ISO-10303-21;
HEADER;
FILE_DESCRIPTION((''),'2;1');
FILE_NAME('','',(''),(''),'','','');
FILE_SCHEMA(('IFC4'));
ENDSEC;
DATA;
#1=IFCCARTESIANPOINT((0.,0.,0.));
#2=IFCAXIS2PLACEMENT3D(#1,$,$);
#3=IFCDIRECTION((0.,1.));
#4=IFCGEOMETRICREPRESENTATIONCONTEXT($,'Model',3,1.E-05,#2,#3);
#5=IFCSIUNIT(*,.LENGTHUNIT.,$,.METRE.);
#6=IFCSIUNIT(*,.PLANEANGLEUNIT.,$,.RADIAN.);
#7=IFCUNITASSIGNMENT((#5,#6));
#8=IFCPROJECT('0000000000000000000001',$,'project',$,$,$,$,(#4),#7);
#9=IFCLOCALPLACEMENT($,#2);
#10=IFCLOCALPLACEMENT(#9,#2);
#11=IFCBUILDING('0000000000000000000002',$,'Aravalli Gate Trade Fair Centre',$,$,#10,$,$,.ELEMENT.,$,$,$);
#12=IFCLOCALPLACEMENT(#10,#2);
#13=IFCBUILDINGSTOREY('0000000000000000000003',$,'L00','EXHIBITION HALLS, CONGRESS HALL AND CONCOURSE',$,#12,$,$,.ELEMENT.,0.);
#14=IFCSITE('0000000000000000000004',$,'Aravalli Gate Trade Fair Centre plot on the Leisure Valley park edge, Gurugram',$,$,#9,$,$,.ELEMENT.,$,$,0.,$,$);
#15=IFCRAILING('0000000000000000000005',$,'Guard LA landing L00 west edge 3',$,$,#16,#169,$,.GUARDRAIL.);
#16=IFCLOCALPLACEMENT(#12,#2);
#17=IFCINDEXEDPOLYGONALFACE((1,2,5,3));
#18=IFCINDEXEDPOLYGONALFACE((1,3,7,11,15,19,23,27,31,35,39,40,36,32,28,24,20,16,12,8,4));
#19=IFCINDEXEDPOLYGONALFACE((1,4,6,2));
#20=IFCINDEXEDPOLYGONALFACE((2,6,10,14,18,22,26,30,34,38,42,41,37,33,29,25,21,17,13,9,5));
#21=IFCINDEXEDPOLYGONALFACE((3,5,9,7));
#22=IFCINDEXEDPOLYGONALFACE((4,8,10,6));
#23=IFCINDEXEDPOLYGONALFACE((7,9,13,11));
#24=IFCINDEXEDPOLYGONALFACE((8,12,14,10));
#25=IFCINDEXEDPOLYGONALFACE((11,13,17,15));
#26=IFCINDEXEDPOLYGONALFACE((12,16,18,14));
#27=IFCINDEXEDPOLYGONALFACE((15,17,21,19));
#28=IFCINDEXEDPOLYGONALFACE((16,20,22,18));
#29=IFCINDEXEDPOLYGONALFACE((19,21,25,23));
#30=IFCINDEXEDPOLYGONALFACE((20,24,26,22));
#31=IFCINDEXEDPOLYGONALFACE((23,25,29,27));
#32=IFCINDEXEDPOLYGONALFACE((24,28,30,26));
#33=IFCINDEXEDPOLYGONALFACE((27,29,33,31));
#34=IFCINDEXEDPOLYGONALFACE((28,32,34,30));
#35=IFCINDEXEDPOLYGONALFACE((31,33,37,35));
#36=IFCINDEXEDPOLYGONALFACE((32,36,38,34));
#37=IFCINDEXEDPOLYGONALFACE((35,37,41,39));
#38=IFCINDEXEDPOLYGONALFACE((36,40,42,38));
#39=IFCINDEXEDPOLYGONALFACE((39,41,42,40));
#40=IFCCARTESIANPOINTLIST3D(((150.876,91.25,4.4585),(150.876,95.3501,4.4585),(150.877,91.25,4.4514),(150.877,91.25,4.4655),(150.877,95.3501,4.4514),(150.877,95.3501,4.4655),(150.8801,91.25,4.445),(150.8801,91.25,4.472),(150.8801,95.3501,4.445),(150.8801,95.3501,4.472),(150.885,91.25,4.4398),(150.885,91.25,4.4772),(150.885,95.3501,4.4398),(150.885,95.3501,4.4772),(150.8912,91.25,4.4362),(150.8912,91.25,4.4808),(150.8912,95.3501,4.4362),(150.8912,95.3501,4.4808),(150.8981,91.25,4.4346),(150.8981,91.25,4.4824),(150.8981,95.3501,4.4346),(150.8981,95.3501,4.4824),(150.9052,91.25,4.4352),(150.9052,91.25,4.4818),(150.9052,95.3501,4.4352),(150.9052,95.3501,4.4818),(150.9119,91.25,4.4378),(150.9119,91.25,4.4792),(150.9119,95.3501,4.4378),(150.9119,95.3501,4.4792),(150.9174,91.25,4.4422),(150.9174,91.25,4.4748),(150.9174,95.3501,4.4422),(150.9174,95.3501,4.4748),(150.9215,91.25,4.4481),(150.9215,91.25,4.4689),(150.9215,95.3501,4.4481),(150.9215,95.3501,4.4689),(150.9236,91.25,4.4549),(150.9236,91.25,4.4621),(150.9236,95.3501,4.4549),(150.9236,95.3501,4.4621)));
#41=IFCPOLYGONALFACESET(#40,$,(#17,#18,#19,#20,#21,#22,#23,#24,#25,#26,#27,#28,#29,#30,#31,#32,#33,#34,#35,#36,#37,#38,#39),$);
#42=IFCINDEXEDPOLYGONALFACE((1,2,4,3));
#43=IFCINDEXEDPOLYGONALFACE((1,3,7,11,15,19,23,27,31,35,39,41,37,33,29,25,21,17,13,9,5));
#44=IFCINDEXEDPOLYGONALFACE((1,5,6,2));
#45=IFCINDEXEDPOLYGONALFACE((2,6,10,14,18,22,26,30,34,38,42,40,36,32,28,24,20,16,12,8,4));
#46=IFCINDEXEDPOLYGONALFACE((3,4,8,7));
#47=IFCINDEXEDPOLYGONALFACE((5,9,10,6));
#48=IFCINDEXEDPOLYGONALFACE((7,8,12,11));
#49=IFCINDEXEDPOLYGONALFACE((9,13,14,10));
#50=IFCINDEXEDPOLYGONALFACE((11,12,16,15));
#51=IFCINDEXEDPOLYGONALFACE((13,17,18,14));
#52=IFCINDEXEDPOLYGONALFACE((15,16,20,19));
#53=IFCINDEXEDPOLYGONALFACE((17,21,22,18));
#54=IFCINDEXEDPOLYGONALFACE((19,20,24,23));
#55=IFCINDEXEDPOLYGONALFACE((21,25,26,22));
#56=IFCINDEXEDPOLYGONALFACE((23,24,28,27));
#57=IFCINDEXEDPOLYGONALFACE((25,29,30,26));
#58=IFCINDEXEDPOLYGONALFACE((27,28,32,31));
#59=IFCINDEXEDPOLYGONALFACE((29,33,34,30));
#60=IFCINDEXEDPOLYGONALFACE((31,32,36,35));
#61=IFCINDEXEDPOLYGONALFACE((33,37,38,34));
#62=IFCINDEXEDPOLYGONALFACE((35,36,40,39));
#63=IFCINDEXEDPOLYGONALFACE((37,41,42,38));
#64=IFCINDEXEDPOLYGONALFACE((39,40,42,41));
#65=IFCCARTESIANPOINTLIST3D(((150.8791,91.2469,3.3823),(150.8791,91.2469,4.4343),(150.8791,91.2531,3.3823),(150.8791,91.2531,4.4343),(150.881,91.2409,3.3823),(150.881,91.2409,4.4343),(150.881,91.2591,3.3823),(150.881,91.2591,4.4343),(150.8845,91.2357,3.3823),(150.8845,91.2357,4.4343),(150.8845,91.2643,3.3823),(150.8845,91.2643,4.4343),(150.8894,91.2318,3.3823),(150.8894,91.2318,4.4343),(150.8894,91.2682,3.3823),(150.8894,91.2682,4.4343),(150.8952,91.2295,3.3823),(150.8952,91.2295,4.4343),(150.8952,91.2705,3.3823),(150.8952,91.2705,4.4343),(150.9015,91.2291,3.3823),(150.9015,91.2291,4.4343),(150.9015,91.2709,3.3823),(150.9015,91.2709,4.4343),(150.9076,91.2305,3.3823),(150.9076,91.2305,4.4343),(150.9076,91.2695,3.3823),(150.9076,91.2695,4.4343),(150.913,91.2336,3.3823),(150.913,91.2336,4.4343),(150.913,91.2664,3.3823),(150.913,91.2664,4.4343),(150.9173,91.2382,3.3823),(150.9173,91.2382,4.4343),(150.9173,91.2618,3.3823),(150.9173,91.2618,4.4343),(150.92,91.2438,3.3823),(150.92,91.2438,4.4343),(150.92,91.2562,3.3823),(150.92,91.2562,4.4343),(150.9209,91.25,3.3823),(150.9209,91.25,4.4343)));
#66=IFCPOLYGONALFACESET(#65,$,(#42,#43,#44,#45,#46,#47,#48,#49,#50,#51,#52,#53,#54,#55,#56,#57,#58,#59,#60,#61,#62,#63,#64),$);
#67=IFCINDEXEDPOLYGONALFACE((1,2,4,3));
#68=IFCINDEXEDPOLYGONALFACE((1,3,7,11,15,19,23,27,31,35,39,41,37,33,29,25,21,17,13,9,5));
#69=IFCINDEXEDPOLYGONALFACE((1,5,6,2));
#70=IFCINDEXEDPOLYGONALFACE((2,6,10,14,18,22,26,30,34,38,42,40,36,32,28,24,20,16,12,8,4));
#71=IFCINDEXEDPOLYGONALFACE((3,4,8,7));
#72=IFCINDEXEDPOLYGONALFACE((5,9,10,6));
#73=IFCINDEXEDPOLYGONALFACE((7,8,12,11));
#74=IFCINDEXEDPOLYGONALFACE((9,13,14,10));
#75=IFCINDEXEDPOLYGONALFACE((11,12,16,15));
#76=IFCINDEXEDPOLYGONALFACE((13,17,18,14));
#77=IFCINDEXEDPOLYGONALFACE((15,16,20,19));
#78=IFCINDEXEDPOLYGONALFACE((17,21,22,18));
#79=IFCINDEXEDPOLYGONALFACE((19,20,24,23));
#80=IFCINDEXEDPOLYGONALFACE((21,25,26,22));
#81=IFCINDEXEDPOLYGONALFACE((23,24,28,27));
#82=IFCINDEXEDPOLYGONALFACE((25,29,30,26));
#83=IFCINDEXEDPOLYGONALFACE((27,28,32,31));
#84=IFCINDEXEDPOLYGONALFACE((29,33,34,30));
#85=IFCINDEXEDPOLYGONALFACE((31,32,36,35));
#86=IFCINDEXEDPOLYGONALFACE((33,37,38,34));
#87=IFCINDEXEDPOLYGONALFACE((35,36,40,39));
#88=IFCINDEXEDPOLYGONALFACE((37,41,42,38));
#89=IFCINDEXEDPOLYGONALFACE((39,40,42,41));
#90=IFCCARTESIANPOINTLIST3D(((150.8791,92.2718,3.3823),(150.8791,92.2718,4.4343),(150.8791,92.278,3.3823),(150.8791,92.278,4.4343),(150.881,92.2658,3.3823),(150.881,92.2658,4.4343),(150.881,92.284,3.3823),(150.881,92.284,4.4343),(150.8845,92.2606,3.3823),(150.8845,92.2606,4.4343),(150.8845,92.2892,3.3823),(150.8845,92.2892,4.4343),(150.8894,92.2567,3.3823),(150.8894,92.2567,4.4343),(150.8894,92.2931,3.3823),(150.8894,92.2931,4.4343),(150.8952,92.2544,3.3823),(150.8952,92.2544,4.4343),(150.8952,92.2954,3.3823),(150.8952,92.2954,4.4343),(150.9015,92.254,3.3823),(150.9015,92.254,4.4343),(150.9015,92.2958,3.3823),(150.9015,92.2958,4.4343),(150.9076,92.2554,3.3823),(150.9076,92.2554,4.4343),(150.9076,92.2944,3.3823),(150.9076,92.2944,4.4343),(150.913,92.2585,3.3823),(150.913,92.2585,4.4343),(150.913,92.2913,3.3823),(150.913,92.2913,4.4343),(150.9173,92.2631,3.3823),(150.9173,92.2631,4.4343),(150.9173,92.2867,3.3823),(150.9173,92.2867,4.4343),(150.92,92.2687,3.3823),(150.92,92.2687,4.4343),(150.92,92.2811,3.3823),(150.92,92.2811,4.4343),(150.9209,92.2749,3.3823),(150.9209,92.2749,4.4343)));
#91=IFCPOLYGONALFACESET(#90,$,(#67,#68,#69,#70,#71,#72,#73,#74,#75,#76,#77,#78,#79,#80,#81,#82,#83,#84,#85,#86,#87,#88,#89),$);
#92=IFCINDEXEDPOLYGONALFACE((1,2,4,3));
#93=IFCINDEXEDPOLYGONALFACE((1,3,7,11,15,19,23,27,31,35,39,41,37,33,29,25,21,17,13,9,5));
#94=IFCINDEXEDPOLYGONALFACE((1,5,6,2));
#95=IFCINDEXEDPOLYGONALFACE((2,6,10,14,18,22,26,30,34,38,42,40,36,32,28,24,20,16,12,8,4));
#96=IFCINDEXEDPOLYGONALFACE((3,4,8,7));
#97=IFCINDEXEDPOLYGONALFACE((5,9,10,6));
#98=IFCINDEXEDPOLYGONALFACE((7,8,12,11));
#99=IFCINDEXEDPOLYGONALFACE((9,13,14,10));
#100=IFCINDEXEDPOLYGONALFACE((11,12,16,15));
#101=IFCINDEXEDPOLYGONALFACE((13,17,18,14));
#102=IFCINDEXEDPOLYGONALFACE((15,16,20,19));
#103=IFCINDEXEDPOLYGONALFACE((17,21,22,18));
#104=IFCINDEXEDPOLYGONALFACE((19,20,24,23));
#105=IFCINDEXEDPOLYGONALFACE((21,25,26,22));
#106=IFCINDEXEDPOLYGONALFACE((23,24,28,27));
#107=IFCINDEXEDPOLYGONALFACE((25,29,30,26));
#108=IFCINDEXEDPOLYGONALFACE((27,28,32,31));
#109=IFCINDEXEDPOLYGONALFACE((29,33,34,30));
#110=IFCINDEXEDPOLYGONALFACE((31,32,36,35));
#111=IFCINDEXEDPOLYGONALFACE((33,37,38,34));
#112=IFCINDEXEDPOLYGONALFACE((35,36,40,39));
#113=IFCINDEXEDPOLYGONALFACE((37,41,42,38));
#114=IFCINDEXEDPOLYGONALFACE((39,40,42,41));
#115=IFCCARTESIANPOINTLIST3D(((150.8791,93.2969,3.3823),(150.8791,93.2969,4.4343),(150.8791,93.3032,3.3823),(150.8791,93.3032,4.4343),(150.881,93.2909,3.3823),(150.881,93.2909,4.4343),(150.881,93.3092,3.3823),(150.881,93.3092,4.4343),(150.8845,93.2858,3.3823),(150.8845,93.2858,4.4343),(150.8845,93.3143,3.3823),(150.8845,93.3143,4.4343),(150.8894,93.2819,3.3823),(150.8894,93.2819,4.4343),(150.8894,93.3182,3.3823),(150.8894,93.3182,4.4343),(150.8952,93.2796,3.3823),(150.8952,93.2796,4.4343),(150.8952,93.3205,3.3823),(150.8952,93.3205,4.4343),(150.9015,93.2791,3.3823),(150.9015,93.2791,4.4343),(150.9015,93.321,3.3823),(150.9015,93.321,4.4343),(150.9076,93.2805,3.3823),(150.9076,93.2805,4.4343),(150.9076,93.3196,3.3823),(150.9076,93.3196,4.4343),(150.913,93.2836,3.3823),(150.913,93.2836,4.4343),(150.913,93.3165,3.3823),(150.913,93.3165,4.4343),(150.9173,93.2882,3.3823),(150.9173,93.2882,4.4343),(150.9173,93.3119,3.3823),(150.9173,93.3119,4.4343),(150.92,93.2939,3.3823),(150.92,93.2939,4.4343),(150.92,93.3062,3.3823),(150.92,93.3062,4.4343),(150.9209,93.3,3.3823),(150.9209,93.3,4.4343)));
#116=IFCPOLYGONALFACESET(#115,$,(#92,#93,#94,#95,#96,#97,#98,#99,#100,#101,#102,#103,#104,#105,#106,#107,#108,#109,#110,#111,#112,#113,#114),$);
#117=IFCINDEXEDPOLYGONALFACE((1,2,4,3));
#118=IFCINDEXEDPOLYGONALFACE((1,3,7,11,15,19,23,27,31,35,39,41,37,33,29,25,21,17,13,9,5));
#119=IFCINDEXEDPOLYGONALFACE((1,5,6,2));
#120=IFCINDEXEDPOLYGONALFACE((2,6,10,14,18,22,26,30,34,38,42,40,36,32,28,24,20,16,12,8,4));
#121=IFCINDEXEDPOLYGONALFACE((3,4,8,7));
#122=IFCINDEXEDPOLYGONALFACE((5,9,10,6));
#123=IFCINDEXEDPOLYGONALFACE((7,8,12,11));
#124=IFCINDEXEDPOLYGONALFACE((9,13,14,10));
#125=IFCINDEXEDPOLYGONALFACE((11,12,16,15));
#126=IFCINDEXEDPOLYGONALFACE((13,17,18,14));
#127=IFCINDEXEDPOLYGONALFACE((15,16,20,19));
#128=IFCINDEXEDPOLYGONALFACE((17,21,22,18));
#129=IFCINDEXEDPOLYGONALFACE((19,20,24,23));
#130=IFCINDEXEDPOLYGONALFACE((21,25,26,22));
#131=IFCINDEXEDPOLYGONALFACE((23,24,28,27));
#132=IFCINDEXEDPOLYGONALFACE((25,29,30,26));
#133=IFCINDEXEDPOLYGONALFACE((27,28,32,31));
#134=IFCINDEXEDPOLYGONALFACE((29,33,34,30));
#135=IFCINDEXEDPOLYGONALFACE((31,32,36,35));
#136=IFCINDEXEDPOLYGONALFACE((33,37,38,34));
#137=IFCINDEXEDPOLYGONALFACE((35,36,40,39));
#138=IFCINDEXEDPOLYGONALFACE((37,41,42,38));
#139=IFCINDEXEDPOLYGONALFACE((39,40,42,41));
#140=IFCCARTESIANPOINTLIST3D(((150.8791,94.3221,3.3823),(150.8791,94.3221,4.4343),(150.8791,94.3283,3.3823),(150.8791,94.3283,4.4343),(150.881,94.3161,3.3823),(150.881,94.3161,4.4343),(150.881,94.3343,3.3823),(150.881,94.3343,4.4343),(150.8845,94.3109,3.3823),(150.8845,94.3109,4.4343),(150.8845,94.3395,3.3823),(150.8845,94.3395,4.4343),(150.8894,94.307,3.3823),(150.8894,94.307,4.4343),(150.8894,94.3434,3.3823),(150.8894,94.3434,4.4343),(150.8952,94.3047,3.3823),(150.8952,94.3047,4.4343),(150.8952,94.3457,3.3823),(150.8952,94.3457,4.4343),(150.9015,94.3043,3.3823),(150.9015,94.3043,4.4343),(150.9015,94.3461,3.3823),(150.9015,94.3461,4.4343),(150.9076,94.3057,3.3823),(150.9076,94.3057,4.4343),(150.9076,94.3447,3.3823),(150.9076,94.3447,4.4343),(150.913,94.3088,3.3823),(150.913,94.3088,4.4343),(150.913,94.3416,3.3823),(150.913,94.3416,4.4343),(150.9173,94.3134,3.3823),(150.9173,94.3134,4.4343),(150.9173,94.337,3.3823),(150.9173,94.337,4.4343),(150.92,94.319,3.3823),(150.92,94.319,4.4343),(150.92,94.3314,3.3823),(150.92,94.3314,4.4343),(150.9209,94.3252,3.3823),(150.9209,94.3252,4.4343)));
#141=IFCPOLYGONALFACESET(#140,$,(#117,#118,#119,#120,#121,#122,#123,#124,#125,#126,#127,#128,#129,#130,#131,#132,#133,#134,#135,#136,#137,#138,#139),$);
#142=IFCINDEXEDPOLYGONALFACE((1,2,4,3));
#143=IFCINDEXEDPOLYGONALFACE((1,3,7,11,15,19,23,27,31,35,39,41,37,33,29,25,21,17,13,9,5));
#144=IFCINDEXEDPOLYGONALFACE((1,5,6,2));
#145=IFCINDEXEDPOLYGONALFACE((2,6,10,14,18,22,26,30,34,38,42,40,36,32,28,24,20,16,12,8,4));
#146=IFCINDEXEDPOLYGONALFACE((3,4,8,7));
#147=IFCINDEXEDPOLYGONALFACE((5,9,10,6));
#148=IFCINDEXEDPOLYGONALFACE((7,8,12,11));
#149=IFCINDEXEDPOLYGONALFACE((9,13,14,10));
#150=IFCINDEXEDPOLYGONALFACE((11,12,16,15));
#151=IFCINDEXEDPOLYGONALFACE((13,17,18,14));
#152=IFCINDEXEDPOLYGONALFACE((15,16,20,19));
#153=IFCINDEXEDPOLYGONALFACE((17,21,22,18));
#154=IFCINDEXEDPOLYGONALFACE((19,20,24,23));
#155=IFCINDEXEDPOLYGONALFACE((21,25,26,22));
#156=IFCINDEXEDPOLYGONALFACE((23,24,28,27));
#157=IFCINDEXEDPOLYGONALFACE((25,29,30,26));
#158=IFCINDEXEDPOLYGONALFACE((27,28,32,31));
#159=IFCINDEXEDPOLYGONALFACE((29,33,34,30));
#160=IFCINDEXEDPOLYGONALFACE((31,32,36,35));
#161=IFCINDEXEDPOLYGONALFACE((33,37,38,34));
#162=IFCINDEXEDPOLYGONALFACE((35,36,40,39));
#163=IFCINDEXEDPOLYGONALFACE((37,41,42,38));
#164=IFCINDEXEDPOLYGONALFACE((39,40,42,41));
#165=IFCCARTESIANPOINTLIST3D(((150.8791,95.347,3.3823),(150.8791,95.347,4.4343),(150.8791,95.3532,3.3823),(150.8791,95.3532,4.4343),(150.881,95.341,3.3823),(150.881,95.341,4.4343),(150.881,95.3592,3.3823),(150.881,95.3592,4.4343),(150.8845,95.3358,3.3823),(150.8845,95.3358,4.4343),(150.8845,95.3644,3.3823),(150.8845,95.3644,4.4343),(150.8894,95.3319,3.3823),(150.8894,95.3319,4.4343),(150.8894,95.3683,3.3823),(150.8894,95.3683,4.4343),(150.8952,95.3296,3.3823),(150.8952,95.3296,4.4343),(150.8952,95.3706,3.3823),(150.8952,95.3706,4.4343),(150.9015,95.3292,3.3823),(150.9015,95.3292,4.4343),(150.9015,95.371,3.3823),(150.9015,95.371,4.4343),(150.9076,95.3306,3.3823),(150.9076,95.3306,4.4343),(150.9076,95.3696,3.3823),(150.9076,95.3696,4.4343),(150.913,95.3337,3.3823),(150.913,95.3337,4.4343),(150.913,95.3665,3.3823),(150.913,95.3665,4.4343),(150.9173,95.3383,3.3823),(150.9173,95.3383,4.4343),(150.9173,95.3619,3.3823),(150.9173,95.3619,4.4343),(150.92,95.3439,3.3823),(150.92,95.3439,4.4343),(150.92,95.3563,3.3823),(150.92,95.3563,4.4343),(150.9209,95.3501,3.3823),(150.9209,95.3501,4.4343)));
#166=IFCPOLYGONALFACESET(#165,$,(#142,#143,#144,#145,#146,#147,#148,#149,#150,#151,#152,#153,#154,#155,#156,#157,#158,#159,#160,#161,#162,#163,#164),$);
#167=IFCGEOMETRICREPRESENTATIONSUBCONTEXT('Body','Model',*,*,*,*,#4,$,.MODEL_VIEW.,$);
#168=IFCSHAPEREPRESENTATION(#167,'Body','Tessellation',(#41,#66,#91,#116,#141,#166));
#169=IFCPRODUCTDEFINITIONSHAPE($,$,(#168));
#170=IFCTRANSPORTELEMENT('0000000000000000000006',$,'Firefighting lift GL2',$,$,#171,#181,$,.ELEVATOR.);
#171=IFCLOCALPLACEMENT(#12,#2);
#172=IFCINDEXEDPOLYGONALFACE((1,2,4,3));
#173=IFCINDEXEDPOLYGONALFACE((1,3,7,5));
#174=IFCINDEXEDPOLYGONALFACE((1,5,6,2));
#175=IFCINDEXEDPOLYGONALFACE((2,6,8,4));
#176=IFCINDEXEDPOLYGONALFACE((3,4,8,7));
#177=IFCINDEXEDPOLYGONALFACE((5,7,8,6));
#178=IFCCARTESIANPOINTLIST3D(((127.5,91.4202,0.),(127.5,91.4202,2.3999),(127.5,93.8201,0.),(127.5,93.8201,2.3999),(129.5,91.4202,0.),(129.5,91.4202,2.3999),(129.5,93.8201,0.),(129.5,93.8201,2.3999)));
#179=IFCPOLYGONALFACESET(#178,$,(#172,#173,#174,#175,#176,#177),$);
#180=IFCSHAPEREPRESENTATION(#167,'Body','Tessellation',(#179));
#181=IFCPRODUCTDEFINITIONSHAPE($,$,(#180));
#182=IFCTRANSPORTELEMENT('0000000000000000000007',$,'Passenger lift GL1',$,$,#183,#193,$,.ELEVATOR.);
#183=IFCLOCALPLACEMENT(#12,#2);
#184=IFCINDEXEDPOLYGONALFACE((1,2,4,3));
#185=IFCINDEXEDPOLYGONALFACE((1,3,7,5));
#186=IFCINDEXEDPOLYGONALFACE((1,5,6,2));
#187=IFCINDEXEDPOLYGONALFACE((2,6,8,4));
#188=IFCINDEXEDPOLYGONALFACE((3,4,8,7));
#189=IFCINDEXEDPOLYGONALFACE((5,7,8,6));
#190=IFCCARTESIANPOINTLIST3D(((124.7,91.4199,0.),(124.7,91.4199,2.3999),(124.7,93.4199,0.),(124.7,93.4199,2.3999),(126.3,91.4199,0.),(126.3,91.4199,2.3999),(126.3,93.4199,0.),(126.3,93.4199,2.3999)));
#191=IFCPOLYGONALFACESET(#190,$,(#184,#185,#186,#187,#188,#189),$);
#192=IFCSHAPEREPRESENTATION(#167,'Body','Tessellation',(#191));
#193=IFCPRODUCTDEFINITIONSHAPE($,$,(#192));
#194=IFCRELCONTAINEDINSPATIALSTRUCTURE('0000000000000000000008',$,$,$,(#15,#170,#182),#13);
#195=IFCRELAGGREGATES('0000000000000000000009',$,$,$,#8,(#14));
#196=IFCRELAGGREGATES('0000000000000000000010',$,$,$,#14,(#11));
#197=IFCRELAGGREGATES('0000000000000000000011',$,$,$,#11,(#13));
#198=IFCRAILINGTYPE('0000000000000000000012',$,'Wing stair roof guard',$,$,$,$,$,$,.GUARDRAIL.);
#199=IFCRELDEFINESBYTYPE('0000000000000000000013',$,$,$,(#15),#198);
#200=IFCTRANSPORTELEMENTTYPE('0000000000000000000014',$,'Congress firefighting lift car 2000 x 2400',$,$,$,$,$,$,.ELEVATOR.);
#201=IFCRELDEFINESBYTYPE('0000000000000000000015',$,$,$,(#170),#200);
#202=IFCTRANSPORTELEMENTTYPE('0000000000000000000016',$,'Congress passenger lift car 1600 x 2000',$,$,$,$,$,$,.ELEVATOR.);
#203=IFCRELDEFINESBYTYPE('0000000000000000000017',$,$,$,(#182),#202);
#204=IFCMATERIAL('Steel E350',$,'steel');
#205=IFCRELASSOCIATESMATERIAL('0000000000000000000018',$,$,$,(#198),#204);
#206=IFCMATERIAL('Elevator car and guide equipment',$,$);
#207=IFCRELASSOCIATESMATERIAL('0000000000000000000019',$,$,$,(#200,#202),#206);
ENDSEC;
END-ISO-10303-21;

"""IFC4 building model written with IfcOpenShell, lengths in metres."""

from ifc_helpers import new_model, si_unit, direction, frame, origin, origin_2d, place, context, subcontext, project, spatial, rectangle, circle, extrude, material, type_object, element, save


model = new_model("IFC4")

# Units and contexts
model_context = context("Model", 3, precision=1e-05, world=origin(), true_north=direction((0.0, 1.0)))
body_context = subcontext(model_context, "Body", "Model", "MODEL_VIEW")
ifc_project = project(units=[si_unit("LENGTHUNIT", "METRE"), si_unit("PLANEANGLEUNIT", "RADIAN")], contexts=[model_context])

# Site, building, storey
site_placement = place(None, origin())
site = spatial("IfcSite", under=ifc_project, at=site_placement, Name="Aravalli Gate Trade Fair Centre plot on the Leisure Valley park edge, Gurugram", CompositionType="ELEMENT", RefElevation=0.0)
building_placement = place(site_placement, origin())
building = spatial("IfcBuilding", under=site, at=building_placement, Name="Aravalli Gate Trade Fair Centre", CompositionType="ELEMENT")
storey_placement = place(building_placement, origin())
storey = spatial("IfcBuildingStorey", under=building, at=storey_placement, Name="L00", Description="EXHIBITION HALLS, CONGRESS HALL AND CONCOURSE", CompositionType="ELEMENT", Elevation=0.0)

# Railing
ifc_material_1 = material(Name="Steel E350", Category="steel")
railing_type_1 = type_object("IfcRailingType", Name="Wing stair roof guard", PredefinedType="GUARDRAIL", material=ifc_material_1)
for number, where, name in (
    (1, (150.8999, 91.25, 3.3823), "Guard LA landing L00 west edge 3"),
):
    element("IfcRailing", number, at=place(storey_placement, frame(where)), inside=storey, type_object=railing_type_1, Name=name, PredefinedType="GUARDRAIL", context=body_context, shape_type="SweptSolid", body=[
        extrude(circle(Radius=0.0239, at=origin_2d()), frame((0.0, 0.0, 1.0762), z_axis=(0.0, 1.0, 0.0), x_axis=(-1.0, 0.0, 0.0)), (0.0, 0.0, 1.0), 4.1001),
        extrude(circle(Radius=0.021, at=origin_2d()), origin(), (0.0, 0.0, 1.0), 1.052),
        extrude(circle(Radius=0.021, at=origin_2d()), frame((0.0, 1.0249, 0.0)), (0.0, 0.0, 1.0), 1.052),
        extrude(circle(Radius=0.021, at=origin_2d()), frame((0.0, 2.05, 0.0)), (0.0, 0.0, 1.0), 1.052),
        extrude(circle(Radius=0.021, at=origin_2d()), frame((0.0, 3.0752, 0.0)), (0.0, 0.0, 1.0), 1.052),
        extrude(circle(Radius=0.021, at=origin_2d()), frame((0.0, 4.1001, 0.0)), (0.0, 0.0, 1.0), 1.052),
    ])

# Transport elements
ifc_material_2 = material(Name="Elevator car and guide equipment")
transport_element_type_1 = type_object("IfcTransportElementType", Name="Congress firefighting lift car 2000 x 2400", PredefinedType="ELEVATOR", material=ifc_material_2)
transport_element_1_placement = place(storey_placement, frame((128.5, 92.6201, 0.0), z_axis=(0.0, 0.0, 1.0), x_axis=(1.0, 0.0, 0.0)))
element("IfcTransportElement", 2, at=transport_element_1_placement, inside=storey, type_object=transport_element_type_1, Name="Firefighting lift GL2", PredefinedType="ELEVATOR", context=body_context, shape_type="SweptSolid", body=[
    extrude(rectangle(XDim=2.0, YDim=2.3999, at=origin_2d()), origin(), (0.0, 0.0, 1.0), 2.3999),
])
transport_element_type_2 = type_object("IfcTransportElementType", Name="Congress passenger lift car 1600 x 2000", PredefinedType="ELEVATOR", material=ifc_material_2)
transport_element_2_placement = place(storey_placement, frame((125.5, 92.4199, 0.0), z_axis=(0.0, 0.0, 1.0), x_axis=(1.0, 0.0, 0.0)))
element("IfcTransportElement", 3, at=transport_element_2_placement, inside=storey, type_object=transport_element_type_2, Name="Passenger lift GL1", PredefinedType="ELEVATOR", context=body_context, shape_type="SweptSolid", body=[
    extrude(rectangle(XDim=1.6001, YDim=2.0, at=origin_2d()), origin(), (0.0, 0.0, 1.0), 2.3999),
])

save(model, "model.ifc")
